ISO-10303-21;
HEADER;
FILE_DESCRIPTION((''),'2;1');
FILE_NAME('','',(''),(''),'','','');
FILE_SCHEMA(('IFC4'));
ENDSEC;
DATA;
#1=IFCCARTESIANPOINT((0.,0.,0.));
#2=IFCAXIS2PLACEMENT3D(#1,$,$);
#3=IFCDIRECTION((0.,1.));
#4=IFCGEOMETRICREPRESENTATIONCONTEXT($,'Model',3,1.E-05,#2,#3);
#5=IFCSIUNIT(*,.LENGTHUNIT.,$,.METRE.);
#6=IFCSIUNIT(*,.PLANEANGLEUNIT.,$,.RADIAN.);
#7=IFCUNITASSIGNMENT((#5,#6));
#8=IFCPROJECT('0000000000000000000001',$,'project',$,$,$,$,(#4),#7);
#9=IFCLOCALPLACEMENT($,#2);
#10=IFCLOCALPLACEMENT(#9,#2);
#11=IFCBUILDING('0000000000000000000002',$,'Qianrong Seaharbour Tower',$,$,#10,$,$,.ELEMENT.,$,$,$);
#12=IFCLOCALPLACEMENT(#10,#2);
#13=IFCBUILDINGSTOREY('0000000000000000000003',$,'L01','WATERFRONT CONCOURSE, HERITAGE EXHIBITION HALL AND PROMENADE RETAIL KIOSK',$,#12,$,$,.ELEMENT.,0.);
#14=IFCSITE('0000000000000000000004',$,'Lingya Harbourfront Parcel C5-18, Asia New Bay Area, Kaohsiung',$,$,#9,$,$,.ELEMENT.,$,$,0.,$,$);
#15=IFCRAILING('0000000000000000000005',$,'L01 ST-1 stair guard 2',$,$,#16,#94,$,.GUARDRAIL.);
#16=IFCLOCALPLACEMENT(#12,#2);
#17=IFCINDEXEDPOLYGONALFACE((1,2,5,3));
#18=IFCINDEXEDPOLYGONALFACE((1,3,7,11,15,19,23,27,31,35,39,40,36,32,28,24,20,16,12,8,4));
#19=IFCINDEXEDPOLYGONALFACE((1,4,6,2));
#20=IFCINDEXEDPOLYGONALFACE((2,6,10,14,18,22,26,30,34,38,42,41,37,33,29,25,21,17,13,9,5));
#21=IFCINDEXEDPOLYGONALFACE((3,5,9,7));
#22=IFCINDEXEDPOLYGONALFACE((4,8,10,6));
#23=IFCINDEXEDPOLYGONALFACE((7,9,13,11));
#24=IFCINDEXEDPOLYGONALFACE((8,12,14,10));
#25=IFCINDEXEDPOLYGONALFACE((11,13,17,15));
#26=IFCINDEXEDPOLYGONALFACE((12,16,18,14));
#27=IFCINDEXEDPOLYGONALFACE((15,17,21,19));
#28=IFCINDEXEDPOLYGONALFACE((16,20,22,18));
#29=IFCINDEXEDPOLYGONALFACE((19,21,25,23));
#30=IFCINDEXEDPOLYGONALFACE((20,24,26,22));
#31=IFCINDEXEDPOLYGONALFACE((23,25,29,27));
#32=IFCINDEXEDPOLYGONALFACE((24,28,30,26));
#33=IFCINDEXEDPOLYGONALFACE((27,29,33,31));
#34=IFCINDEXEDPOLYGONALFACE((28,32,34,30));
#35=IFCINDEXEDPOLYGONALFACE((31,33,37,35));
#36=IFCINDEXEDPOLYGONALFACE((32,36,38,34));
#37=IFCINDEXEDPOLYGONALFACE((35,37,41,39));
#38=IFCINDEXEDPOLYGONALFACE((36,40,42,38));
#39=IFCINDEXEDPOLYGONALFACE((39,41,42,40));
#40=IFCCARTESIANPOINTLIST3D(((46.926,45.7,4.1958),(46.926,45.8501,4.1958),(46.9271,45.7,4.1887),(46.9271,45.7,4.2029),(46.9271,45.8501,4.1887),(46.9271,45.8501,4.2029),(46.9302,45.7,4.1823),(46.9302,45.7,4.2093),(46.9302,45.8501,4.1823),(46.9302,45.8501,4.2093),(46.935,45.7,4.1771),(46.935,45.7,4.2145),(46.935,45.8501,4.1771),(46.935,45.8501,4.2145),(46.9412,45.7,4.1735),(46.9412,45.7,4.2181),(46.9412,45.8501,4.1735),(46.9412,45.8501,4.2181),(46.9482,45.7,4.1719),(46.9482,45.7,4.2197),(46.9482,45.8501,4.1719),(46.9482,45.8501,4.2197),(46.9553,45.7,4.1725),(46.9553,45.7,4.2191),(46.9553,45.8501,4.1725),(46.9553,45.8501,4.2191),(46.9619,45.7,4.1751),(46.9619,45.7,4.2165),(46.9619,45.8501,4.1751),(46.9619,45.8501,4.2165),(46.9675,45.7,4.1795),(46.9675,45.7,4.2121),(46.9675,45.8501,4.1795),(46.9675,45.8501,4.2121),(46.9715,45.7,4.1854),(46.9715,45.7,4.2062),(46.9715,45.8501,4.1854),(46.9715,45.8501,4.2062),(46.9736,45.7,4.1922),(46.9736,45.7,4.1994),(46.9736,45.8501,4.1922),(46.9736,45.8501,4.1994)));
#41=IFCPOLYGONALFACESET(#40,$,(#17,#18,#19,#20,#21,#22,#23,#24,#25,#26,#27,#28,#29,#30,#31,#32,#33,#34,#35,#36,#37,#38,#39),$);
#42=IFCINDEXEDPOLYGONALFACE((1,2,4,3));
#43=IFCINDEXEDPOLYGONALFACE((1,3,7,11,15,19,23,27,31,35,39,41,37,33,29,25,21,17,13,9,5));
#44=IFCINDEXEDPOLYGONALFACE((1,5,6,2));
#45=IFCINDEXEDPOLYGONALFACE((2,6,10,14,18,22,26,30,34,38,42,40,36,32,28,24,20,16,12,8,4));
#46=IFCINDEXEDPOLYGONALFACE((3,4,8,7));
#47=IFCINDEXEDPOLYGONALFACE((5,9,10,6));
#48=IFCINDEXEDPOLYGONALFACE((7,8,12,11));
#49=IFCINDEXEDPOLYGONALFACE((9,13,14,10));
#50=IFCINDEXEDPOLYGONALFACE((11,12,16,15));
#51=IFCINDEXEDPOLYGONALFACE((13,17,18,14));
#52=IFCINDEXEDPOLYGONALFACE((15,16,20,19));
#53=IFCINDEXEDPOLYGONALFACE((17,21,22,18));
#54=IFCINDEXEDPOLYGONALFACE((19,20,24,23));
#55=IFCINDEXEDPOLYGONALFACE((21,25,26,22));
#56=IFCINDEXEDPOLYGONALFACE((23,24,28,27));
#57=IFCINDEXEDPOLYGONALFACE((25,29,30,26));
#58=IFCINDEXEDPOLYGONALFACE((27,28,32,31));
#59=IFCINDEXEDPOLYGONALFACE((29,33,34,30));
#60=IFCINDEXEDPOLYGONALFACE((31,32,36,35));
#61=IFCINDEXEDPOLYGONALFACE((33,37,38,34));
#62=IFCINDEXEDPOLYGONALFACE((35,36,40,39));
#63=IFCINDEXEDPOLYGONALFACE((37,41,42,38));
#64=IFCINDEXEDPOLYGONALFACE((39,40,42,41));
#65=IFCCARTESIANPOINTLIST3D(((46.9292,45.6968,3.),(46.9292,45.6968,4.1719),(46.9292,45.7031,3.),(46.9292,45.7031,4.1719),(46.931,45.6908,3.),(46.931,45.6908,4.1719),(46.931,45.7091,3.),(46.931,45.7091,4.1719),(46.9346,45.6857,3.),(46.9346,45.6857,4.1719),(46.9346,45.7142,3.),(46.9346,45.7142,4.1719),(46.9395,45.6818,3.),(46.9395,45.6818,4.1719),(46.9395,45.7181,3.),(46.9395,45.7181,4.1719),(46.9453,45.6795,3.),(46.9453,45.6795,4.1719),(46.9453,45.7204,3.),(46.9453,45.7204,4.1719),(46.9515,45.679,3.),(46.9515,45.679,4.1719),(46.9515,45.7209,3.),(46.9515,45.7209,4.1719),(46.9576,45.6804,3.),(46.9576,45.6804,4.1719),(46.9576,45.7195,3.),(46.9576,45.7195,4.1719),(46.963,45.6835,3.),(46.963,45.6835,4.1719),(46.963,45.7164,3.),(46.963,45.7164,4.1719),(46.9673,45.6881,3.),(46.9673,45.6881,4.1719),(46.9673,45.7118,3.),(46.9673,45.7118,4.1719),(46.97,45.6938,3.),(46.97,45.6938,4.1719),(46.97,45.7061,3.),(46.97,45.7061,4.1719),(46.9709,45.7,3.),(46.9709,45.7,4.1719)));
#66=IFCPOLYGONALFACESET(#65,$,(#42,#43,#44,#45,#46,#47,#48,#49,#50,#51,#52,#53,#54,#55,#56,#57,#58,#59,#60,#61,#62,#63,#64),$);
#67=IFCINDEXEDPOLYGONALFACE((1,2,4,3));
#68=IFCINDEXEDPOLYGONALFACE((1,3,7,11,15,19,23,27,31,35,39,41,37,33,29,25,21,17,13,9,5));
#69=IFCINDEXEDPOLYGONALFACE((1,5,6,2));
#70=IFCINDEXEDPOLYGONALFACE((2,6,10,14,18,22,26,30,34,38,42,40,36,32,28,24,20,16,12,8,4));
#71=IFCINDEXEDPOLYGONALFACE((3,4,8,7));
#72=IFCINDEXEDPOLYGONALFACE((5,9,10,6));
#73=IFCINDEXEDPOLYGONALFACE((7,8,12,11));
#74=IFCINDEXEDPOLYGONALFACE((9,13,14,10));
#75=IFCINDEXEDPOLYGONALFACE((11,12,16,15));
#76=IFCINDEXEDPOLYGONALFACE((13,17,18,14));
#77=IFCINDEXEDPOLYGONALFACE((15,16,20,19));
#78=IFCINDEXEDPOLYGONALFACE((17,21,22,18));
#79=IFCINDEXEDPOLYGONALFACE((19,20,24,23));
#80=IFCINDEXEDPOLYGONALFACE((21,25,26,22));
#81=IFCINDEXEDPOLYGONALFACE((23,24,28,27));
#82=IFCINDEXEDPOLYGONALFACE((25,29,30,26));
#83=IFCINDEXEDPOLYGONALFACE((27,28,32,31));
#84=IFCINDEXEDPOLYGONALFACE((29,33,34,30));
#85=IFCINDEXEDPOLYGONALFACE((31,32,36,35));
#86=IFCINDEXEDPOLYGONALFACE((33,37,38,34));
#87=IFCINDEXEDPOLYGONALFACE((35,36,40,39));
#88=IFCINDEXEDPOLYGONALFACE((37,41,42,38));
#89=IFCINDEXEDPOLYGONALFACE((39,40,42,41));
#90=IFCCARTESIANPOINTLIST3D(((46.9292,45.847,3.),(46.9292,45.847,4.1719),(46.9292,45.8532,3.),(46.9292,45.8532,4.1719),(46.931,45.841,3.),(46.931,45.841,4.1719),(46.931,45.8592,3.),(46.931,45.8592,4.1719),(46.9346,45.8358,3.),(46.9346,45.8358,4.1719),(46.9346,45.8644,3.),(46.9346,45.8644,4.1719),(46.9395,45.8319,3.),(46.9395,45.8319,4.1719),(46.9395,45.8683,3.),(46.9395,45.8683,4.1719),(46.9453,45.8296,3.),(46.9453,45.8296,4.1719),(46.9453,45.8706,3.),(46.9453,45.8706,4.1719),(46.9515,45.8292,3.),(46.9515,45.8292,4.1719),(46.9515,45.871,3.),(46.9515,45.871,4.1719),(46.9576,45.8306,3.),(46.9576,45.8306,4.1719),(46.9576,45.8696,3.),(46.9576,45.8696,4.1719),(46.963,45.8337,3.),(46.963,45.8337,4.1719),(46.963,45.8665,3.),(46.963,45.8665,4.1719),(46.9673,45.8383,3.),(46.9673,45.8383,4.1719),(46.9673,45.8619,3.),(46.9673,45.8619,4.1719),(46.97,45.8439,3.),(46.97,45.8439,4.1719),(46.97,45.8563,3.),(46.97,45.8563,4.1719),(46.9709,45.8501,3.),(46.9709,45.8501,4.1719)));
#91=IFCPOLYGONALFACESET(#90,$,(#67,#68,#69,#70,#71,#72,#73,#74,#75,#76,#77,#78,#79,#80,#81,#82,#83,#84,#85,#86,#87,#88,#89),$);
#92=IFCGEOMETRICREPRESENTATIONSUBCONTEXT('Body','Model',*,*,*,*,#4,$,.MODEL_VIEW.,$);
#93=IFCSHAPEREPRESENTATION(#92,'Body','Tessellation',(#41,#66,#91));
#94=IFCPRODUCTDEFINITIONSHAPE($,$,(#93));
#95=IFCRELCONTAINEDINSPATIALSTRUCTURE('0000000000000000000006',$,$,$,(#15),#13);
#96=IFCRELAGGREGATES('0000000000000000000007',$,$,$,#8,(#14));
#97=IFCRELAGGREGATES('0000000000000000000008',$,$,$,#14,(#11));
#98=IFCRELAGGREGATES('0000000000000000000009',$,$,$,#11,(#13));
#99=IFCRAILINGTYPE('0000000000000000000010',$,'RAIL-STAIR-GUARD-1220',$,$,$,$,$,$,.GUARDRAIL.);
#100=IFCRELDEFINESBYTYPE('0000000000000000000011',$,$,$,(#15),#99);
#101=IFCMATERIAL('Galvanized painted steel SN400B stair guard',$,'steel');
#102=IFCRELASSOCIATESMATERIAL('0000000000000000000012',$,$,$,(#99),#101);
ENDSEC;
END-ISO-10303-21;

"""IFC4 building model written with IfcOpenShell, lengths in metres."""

from ifc_helpers import new_model, si_unit, direction, frame, origin, origin_2d, place, context, subcontext, project, spatial, circle, extrude, material, type_object, element, save


model = new_model("IFC4")

# Units and contexts
model_context = context("Model", 3, precision=1e-05, world=origin(), true_north=direction((0.0, 1.0)))
body_context = subcontext(model_context, "Body", "Model", "MODEL_VIEW")
ifc_project = project(units=[si_unit("LENGTHUNIT", "METRE"), si_unit("PLANEANGLEUNIT", "RADIAN")], contexts=[model_context])

# Site, building, storey
site_placement = place(None, origin())
site = spatial("IfcSite", under=ifc_project, at=site_placement, Name="Lingya Harbourfront Parcel C5-18, Asia New Bay Area, Kaohsiung", CompositionType="ELEMENT", RefElevation=0.0)
building_placement = place(site_placement, origin())
building = spatial("IfcBuilding", under=site, at=building_placement, Name="Qianrong Seaharbour Tower", CompositionType="ELEMENT")
storey_placement = place(building_placement, origin())
storey = spatial("IfcBuildingStorey", under=building, at=storey_placement, Name="L01", Description="WATERFRONT CONCOURSE, HERITAGE EXHIBITION HALL AND PROMENADE RETAIL KIOSK", CompositionType="ELEMENT", Elevation=0.0)

# Railing
ifc_material_1 = material(Name="Galvanized painted steel SN400B stair guard", Category="steel")
railing_type_1 = type_object("IfcRailingType", Name="RAIL-STAIR-GUARD-1220", PredefinedType="GUARDRAIL", material=ifc_material_1)
railing_1_placement = place(storey_placement, frame((46.95, 45.7, 3.0)))
element("IfcRailing", 1, at=railing_1_placement, inside=storey, type_object=railing_type_1, Name="L01 ST-1 stair guard 2", PredefinedType="GUARDRAIL", context=body_context, shape_type="SweptSolid", body=[
    extrude(circle(Radius=0.0239, at=origin_2d()), frame((0.0, 0.0, 1.1958), z_axis=(0.0, 1.0, 0.0), x_axis=(-1.0, 0.0, 0.0)), (0.0, 0.0, 1.0), 0.1501),
    extrude(circle(Radius=0.021, at=origin_2d()), origin(), (0.0, 0.0, 1.0), 1.1719),
    extrude(circle(Radius=0.021, at=origin_2d()), frame((0.0, 0.1501, 0.0)), (0.0, 0.0, 1.0), 1.1719),
])

save(model, "model.ifc")
